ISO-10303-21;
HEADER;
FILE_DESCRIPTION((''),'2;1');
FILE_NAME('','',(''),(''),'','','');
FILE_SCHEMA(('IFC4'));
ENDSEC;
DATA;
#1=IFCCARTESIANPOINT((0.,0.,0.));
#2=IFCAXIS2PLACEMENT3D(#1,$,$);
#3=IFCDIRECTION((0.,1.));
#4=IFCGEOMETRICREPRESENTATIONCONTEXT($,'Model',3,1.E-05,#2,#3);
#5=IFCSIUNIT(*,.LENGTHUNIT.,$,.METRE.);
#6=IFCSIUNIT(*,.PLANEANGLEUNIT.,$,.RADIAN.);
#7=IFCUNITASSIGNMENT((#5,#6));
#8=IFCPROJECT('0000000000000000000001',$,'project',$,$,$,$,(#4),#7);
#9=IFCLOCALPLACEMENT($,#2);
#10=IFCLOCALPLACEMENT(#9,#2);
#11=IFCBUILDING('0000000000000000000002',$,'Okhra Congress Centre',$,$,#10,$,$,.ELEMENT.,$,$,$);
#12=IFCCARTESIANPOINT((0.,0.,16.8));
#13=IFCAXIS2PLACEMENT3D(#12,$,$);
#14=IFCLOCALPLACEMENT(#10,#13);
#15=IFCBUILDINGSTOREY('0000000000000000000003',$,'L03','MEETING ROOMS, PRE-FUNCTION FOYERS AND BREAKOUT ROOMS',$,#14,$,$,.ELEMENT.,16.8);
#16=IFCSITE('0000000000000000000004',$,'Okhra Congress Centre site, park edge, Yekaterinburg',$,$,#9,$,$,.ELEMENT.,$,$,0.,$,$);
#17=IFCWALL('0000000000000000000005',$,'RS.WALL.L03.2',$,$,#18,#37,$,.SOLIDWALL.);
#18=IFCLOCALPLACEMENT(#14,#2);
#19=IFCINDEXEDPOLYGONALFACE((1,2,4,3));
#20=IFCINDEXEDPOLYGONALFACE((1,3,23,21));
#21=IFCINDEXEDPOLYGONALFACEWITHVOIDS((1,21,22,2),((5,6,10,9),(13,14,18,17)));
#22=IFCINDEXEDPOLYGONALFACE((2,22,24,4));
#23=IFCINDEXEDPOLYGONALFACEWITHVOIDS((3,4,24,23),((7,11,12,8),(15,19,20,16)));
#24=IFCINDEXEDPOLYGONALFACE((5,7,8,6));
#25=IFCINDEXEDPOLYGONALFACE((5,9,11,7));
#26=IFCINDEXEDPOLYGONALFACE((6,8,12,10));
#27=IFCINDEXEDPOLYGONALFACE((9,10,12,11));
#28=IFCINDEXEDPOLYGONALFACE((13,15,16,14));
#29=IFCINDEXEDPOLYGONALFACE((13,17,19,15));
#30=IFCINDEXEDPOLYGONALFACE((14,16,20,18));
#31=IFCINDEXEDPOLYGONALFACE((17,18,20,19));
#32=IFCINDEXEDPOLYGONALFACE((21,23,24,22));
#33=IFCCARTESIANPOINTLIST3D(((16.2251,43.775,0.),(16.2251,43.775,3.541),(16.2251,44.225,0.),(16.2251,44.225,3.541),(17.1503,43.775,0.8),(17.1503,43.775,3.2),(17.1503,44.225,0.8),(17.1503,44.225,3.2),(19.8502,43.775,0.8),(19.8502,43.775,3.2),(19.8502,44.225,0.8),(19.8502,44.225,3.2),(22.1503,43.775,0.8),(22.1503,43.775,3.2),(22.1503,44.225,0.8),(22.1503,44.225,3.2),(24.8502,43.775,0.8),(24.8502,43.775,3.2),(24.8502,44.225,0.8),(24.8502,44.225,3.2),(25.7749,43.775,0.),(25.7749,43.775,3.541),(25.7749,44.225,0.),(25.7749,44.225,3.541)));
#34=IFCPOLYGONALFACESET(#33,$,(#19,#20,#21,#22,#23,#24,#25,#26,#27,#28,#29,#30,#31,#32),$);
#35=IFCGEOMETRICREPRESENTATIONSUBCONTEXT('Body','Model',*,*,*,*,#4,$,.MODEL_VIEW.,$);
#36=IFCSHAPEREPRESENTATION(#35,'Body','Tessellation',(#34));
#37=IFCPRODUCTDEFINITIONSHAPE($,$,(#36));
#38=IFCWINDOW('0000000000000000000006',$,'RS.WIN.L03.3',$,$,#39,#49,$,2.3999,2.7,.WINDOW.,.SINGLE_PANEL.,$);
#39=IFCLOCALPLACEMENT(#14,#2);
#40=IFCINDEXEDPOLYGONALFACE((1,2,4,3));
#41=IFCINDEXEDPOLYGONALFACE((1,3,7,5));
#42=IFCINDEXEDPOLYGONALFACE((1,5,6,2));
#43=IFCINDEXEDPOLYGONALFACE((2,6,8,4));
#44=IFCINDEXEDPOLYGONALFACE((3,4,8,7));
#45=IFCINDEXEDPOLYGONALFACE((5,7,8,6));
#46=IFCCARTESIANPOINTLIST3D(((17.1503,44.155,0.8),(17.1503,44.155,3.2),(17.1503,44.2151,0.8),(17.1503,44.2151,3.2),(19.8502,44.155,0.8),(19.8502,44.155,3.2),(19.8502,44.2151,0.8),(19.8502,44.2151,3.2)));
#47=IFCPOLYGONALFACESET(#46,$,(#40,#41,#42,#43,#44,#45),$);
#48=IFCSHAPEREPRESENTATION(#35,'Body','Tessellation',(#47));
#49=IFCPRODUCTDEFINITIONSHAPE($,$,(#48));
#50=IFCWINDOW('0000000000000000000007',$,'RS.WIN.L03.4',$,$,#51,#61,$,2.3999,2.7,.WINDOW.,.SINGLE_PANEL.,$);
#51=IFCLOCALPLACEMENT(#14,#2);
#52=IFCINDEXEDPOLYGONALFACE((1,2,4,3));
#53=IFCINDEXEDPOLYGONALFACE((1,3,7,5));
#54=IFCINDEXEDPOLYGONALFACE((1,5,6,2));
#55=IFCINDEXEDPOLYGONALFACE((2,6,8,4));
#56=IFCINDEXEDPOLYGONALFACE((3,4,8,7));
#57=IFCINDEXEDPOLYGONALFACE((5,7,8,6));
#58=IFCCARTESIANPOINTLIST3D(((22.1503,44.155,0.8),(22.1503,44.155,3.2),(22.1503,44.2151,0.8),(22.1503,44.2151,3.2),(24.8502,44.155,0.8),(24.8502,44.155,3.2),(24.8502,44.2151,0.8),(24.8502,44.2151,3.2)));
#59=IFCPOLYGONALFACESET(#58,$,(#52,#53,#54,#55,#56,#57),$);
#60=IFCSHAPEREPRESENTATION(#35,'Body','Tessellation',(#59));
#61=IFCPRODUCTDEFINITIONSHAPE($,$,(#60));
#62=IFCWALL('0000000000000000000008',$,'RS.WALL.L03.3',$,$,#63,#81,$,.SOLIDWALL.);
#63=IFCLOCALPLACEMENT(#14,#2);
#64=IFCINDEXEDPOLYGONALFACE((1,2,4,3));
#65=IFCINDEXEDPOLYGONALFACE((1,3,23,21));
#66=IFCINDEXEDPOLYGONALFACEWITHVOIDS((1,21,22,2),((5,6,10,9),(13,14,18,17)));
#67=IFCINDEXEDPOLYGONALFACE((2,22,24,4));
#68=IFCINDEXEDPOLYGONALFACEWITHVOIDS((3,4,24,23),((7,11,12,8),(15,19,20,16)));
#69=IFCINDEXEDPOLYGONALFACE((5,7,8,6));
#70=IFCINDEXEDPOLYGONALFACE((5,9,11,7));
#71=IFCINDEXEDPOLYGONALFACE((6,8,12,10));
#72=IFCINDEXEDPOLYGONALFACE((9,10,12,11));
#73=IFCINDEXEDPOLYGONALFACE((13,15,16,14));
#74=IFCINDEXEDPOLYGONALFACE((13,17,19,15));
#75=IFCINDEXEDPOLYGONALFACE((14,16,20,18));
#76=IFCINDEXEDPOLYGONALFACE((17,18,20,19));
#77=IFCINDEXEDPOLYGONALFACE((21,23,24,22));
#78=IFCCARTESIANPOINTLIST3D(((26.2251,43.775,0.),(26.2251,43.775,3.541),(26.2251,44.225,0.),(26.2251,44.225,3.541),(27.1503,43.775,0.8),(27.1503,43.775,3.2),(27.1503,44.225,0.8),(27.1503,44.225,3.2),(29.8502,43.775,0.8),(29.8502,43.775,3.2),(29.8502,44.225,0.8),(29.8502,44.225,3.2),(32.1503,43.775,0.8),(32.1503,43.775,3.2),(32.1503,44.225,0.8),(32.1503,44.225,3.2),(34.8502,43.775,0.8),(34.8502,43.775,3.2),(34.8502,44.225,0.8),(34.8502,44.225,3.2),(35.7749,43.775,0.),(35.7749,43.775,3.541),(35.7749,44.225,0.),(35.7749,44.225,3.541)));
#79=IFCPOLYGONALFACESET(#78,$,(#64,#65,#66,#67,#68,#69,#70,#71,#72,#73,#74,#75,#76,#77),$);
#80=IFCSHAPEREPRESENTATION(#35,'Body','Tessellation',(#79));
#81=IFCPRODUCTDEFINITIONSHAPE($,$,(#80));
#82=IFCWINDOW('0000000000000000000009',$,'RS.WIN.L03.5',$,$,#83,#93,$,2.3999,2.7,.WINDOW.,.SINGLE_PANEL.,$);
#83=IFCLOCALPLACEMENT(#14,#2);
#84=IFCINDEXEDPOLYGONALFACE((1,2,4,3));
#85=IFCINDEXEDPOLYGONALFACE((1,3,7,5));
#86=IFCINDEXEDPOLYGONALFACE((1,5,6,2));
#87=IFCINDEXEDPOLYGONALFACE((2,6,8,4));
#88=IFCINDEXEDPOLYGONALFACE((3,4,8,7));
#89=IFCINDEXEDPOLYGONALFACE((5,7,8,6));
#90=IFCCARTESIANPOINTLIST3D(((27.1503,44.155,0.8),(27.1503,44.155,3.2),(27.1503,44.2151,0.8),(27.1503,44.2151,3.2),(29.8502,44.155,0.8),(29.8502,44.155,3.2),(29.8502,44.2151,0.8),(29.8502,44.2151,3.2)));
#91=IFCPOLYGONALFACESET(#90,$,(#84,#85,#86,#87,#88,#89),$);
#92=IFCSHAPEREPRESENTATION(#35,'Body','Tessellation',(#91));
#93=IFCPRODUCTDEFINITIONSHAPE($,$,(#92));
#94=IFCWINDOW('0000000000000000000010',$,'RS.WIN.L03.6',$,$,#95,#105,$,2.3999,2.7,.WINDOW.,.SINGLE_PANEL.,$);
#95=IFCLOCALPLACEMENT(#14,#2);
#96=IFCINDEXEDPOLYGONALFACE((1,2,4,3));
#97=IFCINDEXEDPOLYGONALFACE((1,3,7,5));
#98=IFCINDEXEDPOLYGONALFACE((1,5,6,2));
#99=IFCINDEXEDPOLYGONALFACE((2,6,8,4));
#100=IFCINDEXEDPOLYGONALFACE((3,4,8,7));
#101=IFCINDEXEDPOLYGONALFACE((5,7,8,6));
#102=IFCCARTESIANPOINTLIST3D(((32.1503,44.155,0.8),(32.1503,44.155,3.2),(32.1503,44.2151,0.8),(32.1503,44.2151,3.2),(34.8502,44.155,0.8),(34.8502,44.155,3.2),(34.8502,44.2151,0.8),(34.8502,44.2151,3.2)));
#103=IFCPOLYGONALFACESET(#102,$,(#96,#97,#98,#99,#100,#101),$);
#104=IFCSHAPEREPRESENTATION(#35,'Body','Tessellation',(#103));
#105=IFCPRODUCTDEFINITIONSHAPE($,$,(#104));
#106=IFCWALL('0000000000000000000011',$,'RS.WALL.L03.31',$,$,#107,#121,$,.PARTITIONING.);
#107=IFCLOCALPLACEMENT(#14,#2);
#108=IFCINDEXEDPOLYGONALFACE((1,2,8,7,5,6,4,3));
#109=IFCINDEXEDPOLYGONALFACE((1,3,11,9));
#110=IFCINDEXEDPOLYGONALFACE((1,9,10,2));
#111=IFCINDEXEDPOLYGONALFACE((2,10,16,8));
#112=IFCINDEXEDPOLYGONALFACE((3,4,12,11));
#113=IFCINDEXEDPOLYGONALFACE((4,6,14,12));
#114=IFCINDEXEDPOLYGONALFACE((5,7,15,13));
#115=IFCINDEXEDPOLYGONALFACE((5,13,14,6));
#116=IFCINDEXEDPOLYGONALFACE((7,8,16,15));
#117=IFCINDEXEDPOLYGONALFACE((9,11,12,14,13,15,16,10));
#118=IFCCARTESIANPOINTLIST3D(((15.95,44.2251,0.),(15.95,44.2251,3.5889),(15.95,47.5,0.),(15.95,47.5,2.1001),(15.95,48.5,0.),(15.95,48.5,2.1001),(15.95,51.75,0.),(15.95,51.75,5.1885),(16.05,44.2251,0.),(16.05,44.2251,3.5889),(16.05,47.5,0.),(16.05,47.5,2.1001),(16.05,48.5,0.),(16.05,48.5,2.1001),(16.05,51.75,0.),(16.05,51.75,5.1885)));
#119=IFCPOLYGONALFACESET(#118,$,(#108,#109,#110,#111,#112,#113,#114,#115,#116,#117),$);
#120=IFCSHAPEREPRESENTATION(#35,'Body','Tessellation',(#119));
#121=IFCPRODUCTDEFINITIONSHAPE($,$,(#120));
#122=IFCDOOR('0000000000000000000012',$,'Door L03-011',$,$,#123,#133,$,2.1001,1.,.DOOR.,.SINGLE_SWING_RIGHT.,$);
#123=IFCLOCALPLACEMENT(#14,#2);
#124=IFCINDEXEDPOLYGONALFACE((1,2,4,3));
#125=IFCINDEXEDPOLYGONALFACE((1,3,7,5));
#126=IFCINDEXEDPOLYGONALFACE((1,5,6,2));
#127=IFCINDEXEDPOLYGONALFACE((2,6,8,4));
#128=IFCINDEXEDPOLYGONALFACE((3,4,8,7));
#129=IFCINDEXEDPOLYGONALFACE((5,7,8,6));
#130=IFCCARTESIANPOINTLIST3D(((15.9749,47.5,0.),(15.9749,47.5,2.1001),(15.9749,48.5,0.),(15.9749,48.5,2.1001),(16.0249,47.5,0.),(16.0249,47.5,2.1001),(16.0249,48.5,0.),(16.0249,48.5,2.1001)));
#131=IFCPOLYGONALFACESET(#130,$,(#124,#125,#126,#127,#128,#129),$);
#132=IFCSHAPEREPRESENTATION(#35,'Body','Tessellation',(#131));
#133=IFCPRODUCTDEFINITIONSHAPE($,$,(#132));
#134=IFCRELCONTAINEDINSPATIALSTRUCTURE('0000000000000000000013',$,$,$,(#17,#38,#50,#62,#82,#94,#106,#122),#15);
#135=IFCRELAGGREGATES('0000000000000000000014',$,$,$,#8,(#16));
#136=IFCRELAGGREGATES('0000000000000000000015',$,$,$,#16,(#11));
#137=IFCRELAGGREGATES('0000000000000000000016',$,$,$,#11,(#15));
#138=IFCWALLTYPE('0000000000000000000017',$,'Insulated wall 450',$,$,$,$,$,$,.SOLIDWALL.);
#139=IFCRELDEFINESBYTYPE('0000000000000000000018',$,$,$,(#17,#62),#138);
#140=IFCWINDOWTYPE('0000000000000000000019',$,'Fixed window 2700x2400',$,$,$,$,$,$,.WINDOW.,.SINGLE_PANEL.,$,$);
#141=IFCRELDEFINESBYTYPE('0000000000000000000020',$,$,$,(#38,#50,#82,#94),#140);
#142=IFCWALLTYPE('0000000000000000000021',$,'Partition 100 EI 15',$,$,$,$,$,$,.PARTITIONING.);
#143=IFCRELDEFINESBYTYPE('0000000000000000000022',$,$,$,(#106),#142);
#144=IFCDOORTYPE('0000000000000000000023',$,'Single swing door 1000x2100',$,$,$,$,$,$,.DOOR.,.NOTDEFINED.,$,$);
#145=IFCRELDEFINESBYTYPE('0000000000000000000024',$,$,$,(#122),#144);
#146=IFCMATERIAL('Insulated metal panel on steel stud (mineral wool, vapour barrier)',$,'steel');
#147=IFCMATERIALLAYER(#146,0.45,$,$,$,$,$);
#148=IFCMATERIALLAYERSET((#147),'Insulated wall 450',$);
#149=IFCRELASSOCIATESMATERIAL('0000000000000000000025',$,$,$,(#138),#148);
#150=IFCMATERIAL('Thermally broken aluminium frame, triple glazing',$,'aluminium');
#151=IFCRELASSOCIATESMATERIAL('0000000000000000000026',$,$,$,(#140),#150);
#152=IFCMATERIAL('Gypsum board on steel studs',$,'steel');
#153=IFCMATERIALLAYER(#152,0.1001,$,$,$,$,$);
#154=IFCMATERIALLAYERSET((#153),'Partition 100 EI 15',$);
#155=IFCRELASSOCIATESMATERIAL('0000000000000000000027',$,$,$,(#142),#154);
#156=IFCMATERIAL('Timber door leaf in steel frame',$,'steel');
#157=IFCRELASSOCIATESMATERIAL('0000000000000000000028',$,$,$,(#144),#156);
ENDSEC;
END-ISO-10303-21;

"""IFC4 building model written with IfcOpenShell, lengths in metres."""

from ifc_helpers import new_model, si_unit, direction, frame, frame_2d, origin, place, context, subcontext, project, spatial, polyline, rectangle, outline, extrude, material, layer, layer_set, type_object, element, fill, save


model = new_model("IFC4")

# Units and contexts
model_context = context("Model", 3, precision=1e-05, world=origin(), true_north=direction((0.0, 1.0)))
body_context = subcontext(model_context, "Body", "Model", "MODEL_VIEW")
ifc_project = project(units=[si_unit("LENGTHUNIT", "METRE"), si_unit("PLANEANGLEUNIT", "RADIAN")], contexts=[model_context])

# Site, building, storey
site_placement = place(None, origin())
site = spatial("IfcSite", under=ifc_project, at=site_placement, Name="Okhra Congress Centre site, park edge, Yekaterinburg", CompositionType="ELEMENT", RefElevation=0.0)
building_placement = place(site_placement, origin())
building = spatial("IfcBuilding", under=site, at=building_placement, Name="Okhra Congress Centre", CompositionType="ELEMENT")
storey_placement = place(building_placement, frame((0.0, 0.0, 16.8)))
storey = spatial("IfcBuildingStorey", under=building, at=storey_placement, Name="L03", Description="MEETING ROOMS, PRE-FUNCTION FOYERS AND BREAKOUT ROOMS", CompositionType="ELEMENT", Elevation=16.8)

# Walls, openings, windows
ifc_material_1 = material(Name="Insulated metal panel on steel stud (mineral wool, vapour barrier)", Category="steel")
ifc_layer_1 = layer(ifc_material_1, 0.45)
ifc_layer_set_1 = layer_set([ifc_layer_1], Name="Insulated wall 450")
wall_type_1 = type_object("IfcWallType", Name="Insulated wall 450", PredefinedType="SOLIDWALL", material=ifc_layer_set_1)
ifc_material_2 = material(Name="Thermally broken aluminium frame, triple glazing", Category="aluminium")
window_type = type_object("IfcWindowType", Name="Fixed window 2700x2400", PartitioningType="SINGLE_PANEL", PredefinedType="WINDOW", material=ifc_material_2)
wall_1_placement = place(storey_placement, frame((16.2251, 44.0, 0.0), z_axis=(0.0, 0.0, 1.0), x_axis=(1.0, 0.0, 0.0)))
wall_1 = element("IfcWall", 1, at=wall_1_placement, inside=storey, type_object=wall_type_1, Name="RS.WALL.L03.2", PredefinedType="SOLIDWALL", context=body_context, shape_type="SweptSolid", body=[
    extrude(rectangle(XDim=9.5498, YDim=0.45, at=frame_2d((4.7749, 0.0))), origin(), (0.0, 0.0, 1.0), 3.541),
])
opening_1_placement = place(wall_1_placement, frame((0.925, 0.0, 0.8)))
opening_1 = element("IfcOpeningElement", 2, at=opening_1_placement, cuts=wall_1, PredefinedType="OPENING", context=body_context, shape_type="SweptSolid", body=[
    extrude(rectangle(XDim=2.7, YDim=2.3999, at=frame_2d((1.3501, 1.2))), frame((0.0, 0.2349, 0.0), z_axis=(0.0, -1.0, 0.0), x_axis=(1.0, 0.0, 0.0)), (0.0, 0.0, 1.0), 0.47),
])
opening_2_placement = place(wall_1_placement, frame((5.925, 0.0, 0.8)))
opening_2 = element("IfcOpeningElement", 3, at=opening_2_placement, cuts=wall_1, PredefinedType="OPENING", context=body_context, shape_type="SweptSolid", body=[
    extrude(rectangle(XDim=2.7, YDim=2.3999, at=frame_2d((1.3501, 1.2))), frame((0.0, 0.2349, 0.0), z_axis=(0.0, -1.0, 0.0), x_axis=(1.0, 0.0, 0.0)), (0.0, 0.0, 1.0), 0.47),
])
window_1_placement = place(opening_1_placement, origin())
window_1 = element("IfcWindow", 4, at=window_1_placement, inside=storey, type_object=window_type, Name="RS.WIN.L03.3", OverallHeight=2.3999, OverallWidth=2.7, PartitioningType="SINGLE_PANEL", PredefinedType="WINDOW", context=body_context, shape_type="SweptSolid", body=[
    extrude(rectangle(XDim=2.7, YDim=2.3999, at=frame_2d((1.3501, 1.2))), frame((0.0, 0.2151, 0.0), z_axis=(0.0, -1.0, 0.0), x_axis=(1.0, 0.0, 0.0)), (0.0, 0.0, 1.0), 0.0601),
])
fill(opening_1, window_1)
window_2_placement = place(opening_2_placement, origin())
window_2 = element("IfcWindow", 5, at=window_2_placement, inside=storey, type_object=window_type, Name="RS.WIN.L03.4", OverallHeight=2.3999, OverallWidth=2.7, PartitioningType="SINGLE_PANEL", PredefinedType="WINDOW", context=body_context, shape_type="SweptSolid", body=[
    extrude(rectangle(XDim=2.7, YDim=2.3999, at=frame_2d((1.3501, 1.2))), frame((0.0, 0.2151, 0.0), z_axis=(0.0, -1.0, 0.0), x_axis=(1.0, 0.0, 0.0)), (0.0, 0.0, 1.0), 0.0601),
])
fill(opening_2, window_2)
wall_2_placement = place(storey_placement, frame((26.2251, 44.0, 0.0), z_axis=(0.0, 0.0, 1.0), x_axis=(1.0, 0.0, 0.0)))
wall_2 = element("IfcWall", 6, at=wall_2_placement, inside=storey, type_object=wall_type_1, Name="RS.WALL.L03.3", PredefinedType="SOLIDWALL", context=body_context, shape_type="SweptSolid", body=[
    extrude(rectangle(XDim=9.5498, YDim=0.45, at=frame_2d((4.7749, 0.0))), origin(), (0.0, 0.0, 1.0), 3.541),
])
opening_3_placement = place(wall_2_placement, frame((0.925, 0.0, 0.8)))
opening_3 = element("IfcOpeningElement", 7, at=opening_3_placement, cuts=wall_2, PredefinedType="OPENING", context=body_context, shape_type="SweptSolid", body=[
    extrude(rectangle(XDim=2.7, YDim=2.3999, at=frame_2d((1.3501, 1.2))), frame((0.0, 0.2349, 0.0), z_axis=(0.0, -1.0, 0.0), x_axis=(1.0, 0.0, 0.0)), (0.0, 0.0, 1.0), 0.47),
])
opening_4_placement = place(wall_2_placement, frame((5.925, 0.0, 0.8)))
opening_4 = element("IfcOpeningElement", 8, at=opening_4_placement, cuts=wall_2, PredefinedType="OPENING", context=body_context, shape_type="SweptSolid", body=[
    extrude(rectangle(XDim=2.7, YDim=2.3999, at=frame_2d((1.3501, 1.2))), frame((0.0, 0.2349, 0.0), z_axis=(0.0, -1.0, 0.0), x_axis=(1.0, 0.0, 0.0)), (0.0, 0.0, 1.0), 0.47),
])
window_3_placement = place(opening_3_placement, origin())
window_3 = element("IfcWindow", 9, at=window_3_placement, inside=storey, type_object=window_type, Name="RS.WIN.L03.5", OverallHeight=2.3999, OverallWidth=2.7, PartitioningType="SINGLE_PANEL", PredefinedType="WINDOW", context=body_context, shape_type="SweptSolid", body=[
    extrude(rectangle(XDim=2.7, YDim=2.3999, at=frame_2d((1.3501, 1.2))), frame((0.0, 0.2151, 0.0), z_axis=(0.0, -1.0, 0.0), x_axis=(1.0, 0.0, 0.0)), (0.0, 0.0, 1.0), 0.0601),
])
fill(opening_3, window_3)
window_4_placement = place(opening_4_placement, origin())
window_4 = element("IfcWindow", 10, at=window_4_placement, inside=storey, type_object=window_type, Name="RS.WIN.L03.6", OverallHeight=2.3999, OverallWidth=2.7, PartitioningType="SINGLE_PANEL", PredefinedType="WINDOW", context=body_context, shape_type="SweptSolid", body=[
    extrude(rectangle(XDim=2.7, YDim=2.3999, at=frame_2d((1.3501, 1.2))), frame((0.0, 0.2151, 0.0), z_axis=(0.0, -1.0, 0.0), x_axis=(1.0, 0.0, 0.0)), (0.0, 0.0, 1.0), 0.0601),
])
fill(opening_4, window_4)

# Wall, opening, door
ifc_material_3 = material(Name="Gypsum board on steel studs", Category="steel")
ifc_layer_2 = layer(ifc_material_3, 0.1001)
ifc_layer_set_2 = layer_set([ifc_layer_2], Name="Partition 100 EI 15")
wall_type_2 = type_object("IfcWallType", Name="Partition 100 EI 15", PredefinedType="PARTITIONING", material=ifc_layer_set_2)
wall_3_placement = place(storey_placement, frame((16.0, 44.2251, 0.0), z_axis=(0.0, 0.0, 1.0), x_axis=(0.0, 1.0, 0.0)))
wall_3 = element("IfcWall", 11, at=wall_3_placement, inside=storey, type_object=wall_type_2, Name="RS.WALL.L03.31", PredefinedType="PARTITIONING", context=body_context, shape_type="SweptSolid", body=[
    extrude(outline(polyline([(0.0, 0.0), (7.5249, 0.0), (7.5249, 5.1885), (0.0, 3.5889), (0.0, 0.0)])), frame((0.0, 0.05, 0.0), z_axis=(0.0, -1.0, 0.0), x_axis=(1.0, 0.0, 0.0)), (0.0, 0.0, 1.0), 0.1001),
])
opening_5_placement = place(wall_3_placement, frame((3.2749, 0.0, 0.0)))
opening_5 = element("IfcOpeningElement", 12, at=opening_5_placement, cuts=wall_3, PredefinedType="OPENING", context=body_context, shape_type="SweptSolid", body=[
    extrude(rectangle(XDim=1.0, YDim=2.1001, at=frame_2d((0.5, 1.05))), frame((0.0, 0.0601, 0.0), z_axis=(0.0, -1.0, 0.0), x_axis=(1.0, 0.0, 0.0)), (0.0, 0.0, 1.0), 0.1201),
])
ifc_material_4 = material(Name="Timber door leaf in steel frame", Category="steel")
door_type = type_object("IfcDoorType", Name="Single swing door 1000x2100", OperationType="NOTDEFINED", PredefinedType="DOOR", material=ifc_material_4)
door_placement = place(opening_5_placement, frame((1.0, 0.0, 0.0), z_axis=(0.0, 0.0, 1.0), x_axis=(-1.0, 0.0, 0.0)))
door = element("IfcDoor", 13, at=door_placement, inside=storey, type_object=door_type, Name="Door L03-011", OperationType="SINGLE_SWING_RIGHT", OverallHeight=2.1001, OverallWidth=1.0, PredefinedType="DOOR", context=body_context, shape_type="SweptSolid", body=[
    extrude(rectangle(XDim=1.0, YDim=2.1001, at=frame_2d((0.5, 1.05))), frame((0.0, 0.0249, 0.0), z_axis=(0.0, -1.0, 0.0), x_axis=(1.0, 0.0, 0.0)), (0.0, 0.0, 1.0), 0.05),
])
fill(opening_5, door)

save(model, "model.ifc")
